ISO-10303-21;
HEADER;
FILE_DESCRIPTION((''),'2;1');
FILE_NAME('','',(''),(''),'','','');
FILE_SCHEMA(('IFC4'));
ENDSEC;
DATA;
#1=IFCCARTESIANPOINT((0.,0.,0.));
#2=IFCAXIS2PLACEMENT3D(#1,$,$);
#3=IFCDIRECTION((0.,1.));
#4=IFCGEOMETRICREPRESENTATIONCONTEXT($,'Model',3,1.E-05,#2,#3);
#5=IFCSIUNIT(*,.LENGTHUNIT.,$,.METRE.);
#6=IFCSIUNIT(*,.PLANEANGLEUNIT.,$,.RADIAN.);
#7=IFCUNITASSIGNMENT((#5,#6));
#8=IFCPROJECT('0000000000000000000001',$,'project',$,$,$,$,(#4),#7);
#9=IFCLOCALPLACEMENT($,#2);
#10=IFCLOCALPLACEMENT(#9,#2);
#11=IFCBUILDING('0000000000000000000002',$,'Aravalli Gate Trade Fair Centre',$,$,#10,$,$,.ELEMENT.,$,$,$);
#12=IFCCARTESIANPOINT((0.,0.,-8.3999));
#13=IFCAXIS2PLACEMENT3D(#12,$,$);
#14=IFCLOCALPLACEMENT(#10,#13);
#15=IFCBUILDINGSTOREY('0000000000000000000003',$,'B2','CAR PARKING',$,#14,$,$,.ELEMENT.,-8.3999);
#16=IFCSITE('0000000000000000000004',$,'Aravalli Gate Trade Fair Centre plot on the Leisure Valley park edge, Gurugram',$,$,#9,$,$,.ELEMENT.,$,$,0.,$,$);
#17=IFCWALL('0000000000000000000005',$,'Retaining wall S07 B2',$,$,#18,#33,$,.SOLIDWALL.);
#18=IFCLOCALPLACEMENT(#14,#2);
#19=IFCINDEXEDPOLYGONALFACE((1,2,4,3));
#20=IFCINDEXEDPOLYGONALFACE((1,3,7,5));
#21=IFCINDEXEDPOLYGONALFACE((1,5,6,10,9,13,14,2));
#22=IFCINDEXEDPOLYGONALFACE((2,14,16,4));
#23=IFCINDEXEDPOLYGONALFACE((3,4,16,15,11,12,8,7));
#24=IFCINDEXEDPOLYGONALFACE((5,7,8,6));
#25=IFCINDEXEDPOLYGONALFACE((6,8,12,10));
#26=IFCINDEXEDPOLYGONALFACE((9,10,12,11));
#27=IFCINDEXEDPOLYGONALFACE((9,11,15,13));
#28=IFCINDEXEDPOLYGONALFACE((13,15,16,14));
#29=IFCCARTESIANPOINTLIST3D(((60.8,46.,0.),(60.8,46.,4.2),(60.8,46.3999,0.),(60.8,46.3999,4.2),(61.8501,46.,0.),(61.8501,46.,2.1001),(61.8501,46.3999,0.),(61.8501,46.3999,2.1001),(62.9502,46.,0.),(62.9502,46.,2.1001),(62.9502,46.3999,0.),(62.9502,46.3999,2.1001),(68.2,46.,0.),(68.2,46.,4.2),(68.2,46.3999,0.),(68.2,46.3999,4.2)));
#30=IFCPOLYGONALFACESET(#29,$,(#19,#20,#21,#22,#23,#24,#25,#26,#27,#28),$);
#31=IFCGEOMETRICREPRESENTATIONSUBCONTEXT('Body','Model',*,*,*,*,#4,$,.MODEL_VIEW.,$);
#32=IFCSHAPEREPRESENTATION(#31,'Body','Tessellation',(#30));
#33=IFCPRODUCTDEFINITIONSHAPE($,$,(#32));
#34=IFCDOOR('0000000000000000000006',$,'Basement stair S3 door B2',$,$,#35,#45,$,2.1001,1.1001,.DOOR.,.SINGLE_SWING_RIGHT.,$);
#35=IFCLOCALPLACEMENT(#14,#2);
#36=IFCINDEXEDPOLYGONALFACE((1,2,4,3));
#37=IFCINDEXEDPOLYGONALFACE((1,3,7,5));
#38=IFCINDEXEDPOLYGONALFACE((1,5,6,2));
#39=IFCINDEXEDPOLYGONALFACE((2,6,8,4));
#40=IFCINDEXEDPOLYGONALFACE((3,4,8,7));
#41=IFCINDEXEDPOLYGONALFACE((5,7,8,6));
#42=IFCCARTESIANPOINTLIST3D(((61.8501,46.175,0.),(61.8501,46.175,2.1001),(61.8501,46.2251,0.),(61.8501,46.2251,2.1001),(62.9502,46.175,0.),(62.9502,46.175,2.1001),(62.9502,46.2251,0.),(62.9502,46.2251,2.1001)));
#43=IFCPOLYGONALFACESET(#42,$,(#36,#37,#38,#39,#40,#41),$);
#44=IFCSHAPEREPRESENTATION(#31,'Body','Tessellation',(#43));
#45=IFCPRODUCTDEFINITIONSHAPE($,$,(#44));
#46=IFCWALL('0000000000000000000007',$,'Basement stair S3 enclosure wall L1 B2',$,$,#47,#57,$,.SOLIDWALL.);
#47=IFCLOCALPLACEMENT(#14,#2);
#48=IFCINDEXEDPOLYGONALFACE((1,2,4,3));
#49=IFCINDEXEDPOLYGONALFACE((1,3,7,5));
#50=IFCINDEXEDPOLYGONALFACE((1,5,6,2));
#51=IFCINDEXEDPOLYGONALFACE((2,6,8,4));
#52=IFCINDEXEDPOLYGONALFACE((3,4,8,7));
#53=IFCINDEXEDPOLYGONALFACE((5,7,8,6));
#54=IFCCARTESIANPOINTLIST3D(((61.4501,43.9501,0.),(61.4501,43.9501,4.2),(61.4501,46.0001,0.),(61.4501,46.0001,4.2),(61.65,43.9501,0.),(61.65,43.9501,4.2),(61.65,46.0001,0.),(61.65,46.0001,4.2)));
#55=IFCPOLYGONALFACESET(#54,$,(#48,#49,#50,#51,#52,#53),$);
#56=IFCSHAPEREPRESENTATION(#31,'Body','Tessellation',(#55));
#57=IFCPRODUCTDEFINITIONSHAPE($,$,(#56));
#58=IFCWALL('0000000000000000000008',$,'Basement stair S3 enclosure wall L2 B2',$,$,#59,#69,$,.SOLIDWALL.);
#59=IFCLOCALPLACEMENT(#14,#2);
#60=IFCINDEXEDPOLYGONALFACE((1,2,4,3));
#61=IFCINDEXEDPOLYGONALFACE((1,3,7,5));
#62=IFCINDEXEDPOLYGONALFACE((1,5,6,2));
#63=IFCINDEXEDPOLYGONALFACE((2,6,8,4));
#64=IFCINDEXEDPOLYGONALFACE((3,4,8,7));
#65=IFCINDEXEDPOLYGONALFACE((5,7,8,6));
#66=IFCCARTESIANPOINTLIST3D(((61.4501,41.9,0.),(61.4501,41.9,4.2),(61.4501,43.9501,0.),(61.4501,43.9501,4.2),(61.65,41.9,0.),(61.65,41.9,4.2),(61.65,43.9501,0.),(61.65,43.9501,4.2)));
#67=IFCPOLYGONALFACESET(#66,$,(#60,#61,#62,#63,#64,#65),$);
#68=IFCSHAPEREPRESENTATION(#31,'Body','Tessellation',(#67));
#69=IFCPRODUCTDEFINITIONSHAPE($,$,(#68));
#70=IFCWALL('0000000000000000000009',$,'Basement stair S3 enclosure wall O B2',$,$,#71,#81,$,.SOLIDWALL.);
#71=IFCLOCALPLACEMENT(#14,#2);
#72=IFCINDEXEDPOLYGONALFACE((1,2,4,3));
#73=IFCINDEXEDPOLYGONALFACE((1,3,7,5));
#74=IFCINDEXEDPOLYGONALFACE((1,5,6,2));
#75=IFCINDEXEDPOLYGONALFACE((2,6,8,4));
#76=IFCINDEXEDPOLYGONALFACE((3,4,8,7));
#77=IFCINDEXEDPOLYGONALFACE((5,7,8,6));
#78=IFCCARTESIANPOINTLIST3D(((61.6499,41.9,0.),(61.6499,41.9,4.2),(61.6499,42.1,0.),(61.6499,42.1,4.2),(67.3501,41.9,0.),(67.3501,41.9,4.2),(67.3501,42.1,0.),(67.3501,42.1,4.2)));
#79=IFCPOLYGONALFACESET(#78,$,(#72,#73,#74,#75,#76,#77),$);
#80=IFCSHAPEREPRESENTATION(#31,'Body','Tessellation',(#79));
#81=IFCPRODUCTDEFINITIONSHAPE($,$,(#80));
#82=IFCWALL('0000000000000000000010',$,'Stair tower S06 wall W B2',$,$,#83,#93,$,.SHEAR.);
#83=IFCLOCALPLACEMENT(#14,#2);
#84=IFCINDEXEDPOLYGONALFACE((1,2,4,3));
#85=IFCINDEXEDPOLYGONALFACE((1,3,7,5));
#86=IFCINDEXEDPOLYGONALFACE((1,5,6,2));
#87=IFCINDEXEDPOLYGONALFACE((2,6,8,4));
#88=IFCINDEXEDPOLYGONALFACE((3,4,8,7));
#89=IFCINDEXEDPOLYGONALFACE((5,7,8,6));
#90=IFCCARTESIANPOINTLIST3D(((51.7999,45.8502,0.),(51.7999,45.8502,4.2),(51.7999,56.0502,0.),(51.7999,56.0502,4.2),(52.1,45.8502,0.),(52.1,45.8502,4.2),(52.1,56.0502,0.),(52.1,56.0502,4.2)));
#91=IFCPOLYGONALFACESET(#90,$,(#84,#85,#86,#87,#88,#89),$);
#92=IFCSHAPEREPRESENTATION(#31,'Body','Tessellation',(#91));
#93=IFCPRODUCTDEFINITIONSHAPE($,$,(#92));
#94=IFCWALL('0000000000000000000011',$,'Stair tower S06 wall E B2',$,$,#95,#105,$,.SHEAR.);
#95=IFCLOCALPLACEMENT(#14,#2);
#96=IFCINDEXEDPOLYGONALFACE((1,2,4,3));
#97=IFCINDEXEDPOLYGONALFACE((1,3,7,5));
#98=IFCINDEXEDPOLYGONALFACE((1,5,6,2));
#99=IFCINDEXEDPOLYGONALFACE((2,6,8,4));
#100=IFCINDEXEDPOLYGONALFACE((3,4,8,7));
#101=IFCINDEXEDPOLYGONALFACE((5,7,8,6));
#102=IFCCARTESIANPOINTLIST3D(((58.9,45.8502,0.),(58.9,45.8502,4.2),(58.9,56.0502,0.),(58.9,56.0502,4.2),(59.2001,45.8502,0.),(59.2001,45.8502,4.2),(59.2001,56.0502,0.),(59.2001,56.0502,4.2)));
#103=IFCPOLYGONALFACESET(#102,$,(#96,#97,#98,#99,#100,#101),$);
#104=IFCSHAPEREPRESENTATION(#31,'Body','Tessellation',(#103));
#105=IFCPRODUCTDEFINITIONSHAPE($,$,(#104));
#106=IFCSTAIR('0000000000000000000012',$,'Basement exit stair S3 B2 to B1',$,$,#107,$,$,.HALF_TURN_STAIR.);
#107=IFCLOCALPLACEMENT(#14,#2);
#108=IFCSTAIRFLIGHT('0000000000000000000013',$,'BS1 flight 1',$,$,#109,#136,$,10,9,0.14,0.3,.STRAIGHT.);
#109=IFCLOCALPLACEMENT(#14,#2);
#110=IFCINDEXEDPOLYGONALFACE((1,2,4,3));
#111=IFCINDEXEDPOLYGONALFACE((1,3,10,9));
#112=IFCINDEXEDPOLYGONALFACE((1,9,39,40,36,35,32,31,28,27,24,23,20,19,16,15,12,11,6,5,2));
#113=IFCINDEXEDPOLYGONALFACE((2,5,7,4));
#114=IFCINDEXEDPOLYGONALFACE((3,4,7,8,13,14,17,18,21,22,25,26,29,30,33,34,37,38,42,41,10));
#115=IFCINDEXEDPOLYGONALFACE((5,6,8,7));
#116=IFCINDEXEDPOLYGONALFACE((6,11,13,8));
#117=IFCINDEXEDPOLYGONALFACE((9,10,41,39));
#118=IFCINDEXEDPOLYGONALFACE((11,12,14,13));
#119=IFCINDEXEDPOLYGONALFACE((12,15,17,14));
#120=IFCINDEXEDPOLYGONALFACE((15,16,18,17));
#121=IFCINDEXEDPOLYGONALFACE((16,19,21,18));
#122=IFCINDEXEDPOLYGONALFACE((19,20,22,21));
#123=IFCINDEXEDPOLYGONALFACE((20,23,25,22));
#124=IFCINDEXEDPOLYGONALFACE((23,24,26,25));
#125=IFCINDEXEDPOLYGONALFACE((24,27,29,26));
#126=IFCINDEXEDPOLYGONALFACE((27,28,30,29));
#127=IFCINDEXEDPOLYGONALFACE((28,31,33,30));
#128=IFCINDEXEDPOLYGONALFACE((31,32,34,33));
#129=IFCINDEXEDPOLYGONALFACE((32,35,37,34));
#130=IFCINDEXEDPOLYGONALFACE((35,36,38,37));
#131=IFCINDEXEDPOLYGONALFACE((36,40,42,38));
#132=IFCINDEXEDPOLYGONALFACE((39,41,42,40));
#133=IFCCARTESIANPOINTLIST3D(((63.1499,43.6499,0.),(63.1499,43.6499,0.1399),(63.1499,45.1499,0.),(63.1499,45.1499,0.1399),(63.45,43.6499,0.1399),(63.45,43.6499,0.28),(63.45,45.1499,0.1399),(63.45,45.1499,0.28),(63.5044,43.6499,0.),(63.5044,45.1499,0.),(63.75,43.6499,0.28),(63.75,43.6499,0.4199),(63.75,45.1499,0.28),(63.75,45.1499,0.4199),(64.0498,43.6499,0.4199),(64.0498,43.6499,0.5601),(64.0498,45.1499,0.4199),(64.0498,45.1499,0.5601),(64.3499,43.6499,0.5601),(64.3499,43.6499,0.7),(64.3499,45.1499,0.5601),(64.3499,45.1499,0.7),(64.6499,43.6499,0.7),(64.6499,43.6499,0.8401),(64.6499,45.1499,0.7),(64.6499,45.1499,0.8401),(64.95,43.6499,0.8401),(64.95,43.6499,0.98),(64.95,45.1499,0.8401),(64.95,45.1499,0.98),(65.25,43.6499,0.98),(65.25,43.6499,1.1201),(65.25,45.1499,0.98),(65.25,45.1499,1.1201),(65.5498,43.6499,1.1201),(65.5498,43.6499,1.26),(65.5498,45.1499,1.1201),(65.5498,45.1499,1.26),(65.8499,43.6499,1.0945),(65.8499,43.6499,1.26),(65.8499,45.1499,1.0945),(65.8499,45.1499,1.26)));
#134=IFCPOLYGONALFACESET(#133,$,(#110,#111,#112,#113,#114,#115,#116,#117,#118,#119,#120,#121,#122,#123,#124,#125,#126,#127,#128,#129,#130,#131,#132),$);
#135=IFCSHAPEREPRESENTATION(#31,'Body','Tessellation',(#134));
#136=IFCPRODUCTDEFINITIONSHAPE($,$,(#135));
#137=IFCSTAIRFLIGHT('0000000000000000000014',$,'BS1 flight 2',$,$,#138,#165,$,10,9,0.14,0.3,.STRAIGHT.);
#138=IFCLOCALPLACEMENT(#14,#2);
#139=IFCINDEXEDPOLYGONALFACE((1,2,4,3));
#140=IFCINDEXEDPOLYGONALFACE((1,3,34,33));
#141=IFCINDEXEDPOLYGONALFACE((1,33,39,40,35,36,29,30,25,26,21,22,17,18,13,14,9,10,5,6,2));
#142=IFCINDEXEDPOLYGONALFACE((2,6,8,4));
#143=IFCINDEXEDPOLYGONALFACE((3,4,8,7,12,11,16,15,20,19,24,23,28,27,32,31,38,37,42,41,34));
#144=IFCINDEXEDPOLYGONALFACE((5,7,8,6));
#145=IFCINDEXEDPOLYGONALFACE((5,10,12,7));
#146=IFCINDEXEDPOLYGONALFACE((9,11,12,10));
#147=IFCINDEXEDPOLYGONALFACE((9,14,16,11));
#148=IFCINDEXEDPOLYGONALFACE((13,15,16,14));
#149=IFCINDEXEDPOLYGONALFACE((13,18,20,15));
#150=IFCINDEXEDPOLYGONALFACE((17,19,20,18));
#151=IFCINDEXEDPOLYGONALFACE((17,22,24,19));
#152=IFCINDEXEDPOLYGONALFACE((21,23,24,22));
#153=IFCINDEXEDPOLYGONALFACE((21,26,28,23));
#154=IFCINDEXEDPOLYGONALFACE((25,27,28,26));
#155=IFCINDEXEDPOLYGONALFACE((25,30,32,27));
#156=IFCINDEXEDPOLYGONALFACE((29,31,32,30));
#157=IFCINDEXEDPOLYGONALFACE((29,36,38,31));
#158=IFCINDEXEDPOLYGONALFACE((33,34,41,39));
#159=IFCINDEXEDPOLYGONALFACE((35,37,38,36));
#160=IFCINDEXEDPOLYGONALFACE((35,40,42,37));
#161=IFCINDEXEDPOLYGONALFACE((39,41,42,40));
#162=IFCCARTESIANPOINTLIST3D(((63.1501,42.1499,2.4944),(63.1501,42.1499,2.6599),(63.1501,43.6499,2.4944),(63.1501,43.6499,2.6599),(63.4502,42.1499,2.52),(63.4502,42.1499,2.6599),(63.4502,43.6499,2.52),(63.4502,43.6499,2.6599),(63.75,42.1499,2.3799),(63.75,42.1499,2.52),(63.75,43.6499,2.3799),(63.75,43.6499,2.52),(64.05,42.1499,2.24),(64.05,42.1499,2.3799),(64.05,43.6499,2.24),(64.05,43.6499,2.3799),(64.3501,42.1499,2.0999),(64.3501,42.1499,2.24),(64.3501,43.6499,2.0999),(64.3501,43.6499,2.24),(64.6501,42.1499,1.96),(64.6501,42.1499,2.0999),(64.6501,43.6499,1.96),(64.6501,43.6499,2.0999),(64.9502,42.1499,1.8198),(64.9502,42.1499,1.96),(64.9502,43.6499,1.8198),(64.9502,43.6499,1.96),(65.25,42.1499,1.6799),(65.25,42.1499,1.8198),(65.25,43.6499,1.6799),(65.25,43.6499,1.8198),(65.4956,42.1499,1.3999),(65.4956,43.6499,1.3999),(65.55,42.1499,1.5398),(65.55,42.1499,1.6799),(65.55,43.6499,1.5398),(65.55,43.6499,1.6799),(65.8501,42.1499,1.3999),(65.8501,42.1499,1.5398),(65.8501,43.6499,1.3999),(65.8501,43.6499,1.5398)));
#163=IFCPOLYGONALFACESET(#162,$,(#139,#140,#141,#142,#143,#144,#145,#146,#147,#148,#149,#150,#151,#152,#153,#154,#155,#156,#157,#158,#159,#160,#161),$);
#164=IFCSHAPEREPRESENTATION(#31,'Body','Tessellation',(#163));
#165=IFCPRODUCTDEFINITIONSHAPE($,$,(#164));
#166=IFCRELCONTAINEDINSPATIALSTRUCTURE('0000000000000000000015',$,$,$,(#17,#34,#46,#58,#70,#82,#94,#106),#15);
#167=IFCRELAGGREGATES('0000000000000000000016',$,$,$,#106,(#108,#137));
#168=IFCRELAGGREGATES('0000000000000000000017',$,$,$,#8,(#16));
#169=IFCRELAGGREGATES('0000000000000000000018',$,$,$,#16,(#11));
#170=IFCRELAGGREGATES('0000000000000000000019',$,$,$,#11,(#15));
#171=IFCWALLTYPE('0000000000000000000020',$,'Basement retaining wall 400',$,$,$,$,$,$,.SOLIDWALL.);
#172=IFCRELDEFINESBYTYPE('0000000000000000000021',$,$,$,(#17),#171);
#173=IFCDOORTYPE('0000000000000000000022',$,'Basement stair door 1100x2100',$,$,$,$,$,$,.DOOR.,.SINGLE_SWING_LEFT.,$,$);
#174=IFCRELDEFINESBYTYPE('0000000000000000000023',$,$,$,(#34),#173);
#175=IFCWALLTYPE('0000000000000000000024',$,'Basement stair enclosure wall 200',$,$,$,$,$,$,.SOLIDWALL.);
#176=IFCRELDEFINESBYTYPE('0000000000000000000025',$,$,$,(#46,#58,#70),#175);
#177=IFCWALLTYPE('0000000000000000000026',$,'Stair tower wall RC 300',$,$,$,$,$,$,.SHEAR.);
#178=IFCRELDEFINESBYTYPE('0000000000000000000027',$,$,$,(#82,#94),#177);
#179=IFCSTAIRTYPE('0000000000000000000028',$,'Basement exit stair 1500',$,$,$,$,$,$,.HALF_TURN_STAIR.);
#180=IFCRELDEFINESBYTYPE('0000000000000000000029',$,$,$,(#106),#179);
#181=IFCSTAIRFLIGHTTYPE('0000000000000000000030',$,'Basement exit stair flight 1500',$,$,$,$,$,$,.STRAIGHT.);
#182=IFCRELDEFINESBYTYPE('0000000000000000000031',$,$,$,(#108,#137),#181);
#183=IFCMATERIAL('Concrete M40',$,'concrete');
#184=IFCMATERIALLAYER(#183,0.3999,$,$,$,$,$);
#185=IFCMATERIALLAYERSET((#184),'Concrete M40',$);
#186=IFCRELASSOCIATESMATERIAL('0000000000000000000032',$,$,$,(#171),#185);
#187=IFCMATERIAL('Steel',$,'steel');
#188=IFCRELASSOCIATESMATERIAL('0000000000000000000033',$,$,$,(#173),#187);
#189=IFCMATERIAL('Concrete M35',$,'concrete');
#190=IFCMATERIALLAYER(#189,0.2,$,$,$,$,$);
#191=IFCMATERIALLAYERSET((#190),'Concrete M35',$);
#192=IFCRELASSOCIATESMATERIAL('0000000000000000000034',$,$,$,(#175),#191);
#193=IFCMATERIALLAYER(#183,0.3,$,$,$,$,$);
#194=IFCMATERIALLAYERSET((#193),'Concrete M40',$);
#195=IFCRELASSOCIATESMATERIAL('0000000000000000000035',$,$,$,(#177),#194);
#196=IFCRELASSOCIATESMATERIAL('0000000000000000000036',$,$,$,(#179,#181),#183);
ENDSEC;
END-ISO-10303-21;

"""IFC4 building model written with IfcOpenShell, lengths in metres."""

from ifc_helpers import new_model, si_unit, direction, frame, frame_2d, origin, place, context, subcontext, project, spatial, polyline, rectangle, outline, extrude, material, layer, layer_set, type_object, element, fill, aggregate, save


model = new_model("IFC4")

# Units and contexts
model_context = context("Model", 3, precision=1e-05, world=origin(), true_north=direction((0.0, 1.0)))
body_context = subcontext(model_context, "Body", "Model", "MODEL_VIEW")
ifc_project = project(units=[si_unit("LENGTHUNIT", "METRE"), si_unit("PLANEANGLEUNIT", "RADIAN")], contexts=[model_context])

# Site, building, storey
site_placement = place(None, origin())
site = spatial("IfcSite", under=ifc_project, at=site_placement, Name="Aravalli Gate Trade Fair Centre plot on the Leisure Valley park edge, Gurugram", CompositionType="ELEMENT", RefElevation=0.0)
building_placement = place(site_placement, origin())
building = spatial("IfcBuilding", under=site, at=building_placement, Name="Aravalli Gate Trade Fair Centre", CompositionType="ELEMENT")
storey_placement = place(building_placement, frame((0.0, 0.0, -8.3999)))
storey = spatial("IfcBuildingStorey", under=building, at=storey_placement, Name="B2", Description="CAR PARKING", CompositionType="ELEMENT", Elevation=-8.3999)

# Shared definitions
ifc_material_1 = material(Name="Concrete M35", Category="concrete")

# Shared definitions
ifc_material_2 = material(Name="Concrete M40", Category="concrete")
ifc_layer_1 = layer(ifc_material_2, 0.3999)
ifc_layer_set_1 = layer_set([ifc_layer_1], Name="Concrete M40")
wall_type_1 = type_object("IfcWallType", Name="Basement retaining wall 400", PredefinedType="SOLIDWALL", material=ifc_layer_set_1)

# Wall, opening, door
wall_1_placement = place(storey_placement, frame((60.8, 46.2, 0.0), z_axis=(0.0, 0.0, 1.0), x_axis=(1.0, 0.0, 0.0)))
wall_1 = element("IfcWall", 1, at=wall_1_placement, inside=storey, type_object=wall_type_1, Name="Retaining wall S07 B2", PredefinedType="SOLIDWALL", context=body_context, shape_type="SweptSolid", body=[
    extrude(rectangle(XDim=7.3999, YDim=0.3999, at=frame_2d((3.7, 0.0))), origin(), (0.0, 0.0, 1.0), 4.2),
])
opening_placement = place(wall_1_placement, frame((1.05, 0.0, 0.0)))
opening = element("IfcOpeningElement", 2, at=opening_placement, cuts=wall_1, PredefinedType="OPENING", context=body_context, shape_type="SweptSolid", body=[
    extrude(rectangle(XDim=1.1001, YDim=2.1001, at=frame_2d((0.55, 1.05))), frame((0.0, 0.21, 0.0), z_axis=(0.0, -1.0, 0.0), x_axis=(1.0, 0.0, 0.0)), (0.0, 0.0, 1.0), 0.4199),
])
ifc_material_3 = material(Name="Steel", Category="steel")
door_type = type_object("IfcDoorType", Name="Basement stair door 1100x2100", OperationType="SINGLE_SWING_LEFT", PredefinedType="DOOR", material=ifc_material_3)
door_placement = place(opening_placement, frame((1.1001, 0.0, 0.0), z_axis=(0.0, 0.0, 1.0), x_axis=(-1.0, 0.0, 0.0)))
door = element("IfcDoor", 3, at=door_placement, inside=storey, type_object=door_type, Name="Basement stair S3 door B2", OperationType="SINGLE_SWING_RIGHT", OverallHeight=2.1001, OverallWidth=1.1001, PredefinedType="DOOR", context=body_context, shape_type="SweptSolid", body=[
    extrude(rectangle(XDim=1.1001, YDim=2.1001, at=frame_2d((0.55, 1.05))), frame((0.0, 0.0249, 0.0), z_axis=(0.0, -1.0, 0.0), x_axis=(1.0, 0.0, 0.0)), (0.0, 0.0, 1.0), 0.05),
])
fill(opening, door)

# Walls
ifc_layer_2 = layer(ifc_material_1, 0.2)
ifc_layer_set_2 = layer_set([ifc_layer_2], Name="Concrete M35")
wall_type_2 = type_object("IfcWallType", Name="Basement stair enclosure wall 200", PredefinedType="SOLIDWALL", material=ifc_layer_set_2)
for number, where, z_axis, x_axis, name in (
    (4, (61.55, 46.0, 0.0), (0.0, 0.0, 1.0), (0.0, -1.0, 0.0), "Basement stair S3 enclosure wall L1 B2"),
    (5, (61.55, 43.95, 0.0), (0.0, 0.0, 1.0), (0.0, -1.0, 0.0), "Basement stair S3 enclosure wall L2 B2"),
):
    element("IfcWall", number, at=place(storey_placement, frame(where, z_axis=z_axis, x_axis=x_axis)), inside=storey, type_object=wall_type_2, Name=name, PredefinedType="SOLIDWALL", context=body_context, shape_type="SweptSolid", body=[
        extrude(rectangle(XDim=2.05, YDim=0.2, at=frame_2d((1.0249, 0.0))), origin(), (0.0, 0.0, 1.0), 4.2),
    ])
wall_2_placement = place(storey_placement, frame((61.6499, 42.0, 0.0), z_axis=(0.0, 0.0, 1.0), x_axis=(1.0, 0.0, 0.0)))
element("IfcWall", 6, at=wall_2_placement, inside=storey, type_object=wall_type_2, Name="Basement stair S3 enclosure wall O B2", PredefinedType="SOLIDWALL", context=body_context, shape_type="SweptSolid", body=[
    extrude(rectangle(XDim=5.7002, YDim=0.2, at=frame_2d((2.8501, 0.0))), origin(), (0.0, 0.0, 1.0), 4.2),
])
ifc_layer_3 = layer(ifc_material_2, 0.3)
ifc_layer_set_3 = layer_set([ifc_layer_3], Name="Concrete M40")
wall_type_3 = type_object("IfcWallType", Name="Stair tower wall RC 300", PredefinedType="SHEAR", material=ifc_layer_set_3)
for number, where, z_axis, x_axis, name in (
    (7, (51.95, 45.8501, 0.0), (0.0, 0.0, 1.0), (0.0, 1.0, 0.0), "Stair tower S06 wall W B2"),
    (8, (59.05, 45.8501, 0.0), (0.0, 0.0, 1.0), (0.0, 1.0, 0.0), "Stair tower S06 wall E B2"),
):
    element("IfcWall", number, at=place(storey_placement, frame(where, z_axis=z_axis, x_axis=x_axis)), inside=storey, type_object=wall_type_3, Name=name, PredefinedType="SHEAR", context=body_context, shape_type="SweptSolid", body=[
        extrude(rectangle(XDim=10.2, YDim=0.3, at=frame_2d((5.1001, 0.0))), origin(), (0.0, 0.0, 1.0), 4.2),
    ])

# Stair, stair flights
stair_type = type_object("IfcStairType", Name="Basement exit stair 1500", PredefinedType="HALF_TURN_STAIR", material=ifc_material_2)
stair_placement = place(storey_placement, origin())
stair = element("IfcStair", 9, at=stair_placement, inside=storey, type_object=stair_type, Name="Basement exit stair S3 B2 to B1", PredefinedType="HALF_TURN_STAIR")
stair_flight_type = type_object("IfcStairFlightType", Name="Basement exit stair flight 1500", PredefinedType="STRAIGHT", material=ifc_material_2)
stair_flight_1_placement = place(storey_placement, frame((63.1499, 44.3999, 0.0), z_axis=(0.0, 0.0, 1.0), x_axis=(1.0, 0.0, 0.0)))
stair_flight_1 = element("IfcStairFlight", 10, at=stair_flight_1_placement, type_object=stair_flight_type, Name="BS1 flight 1", NumberOfRisers=10, NumberOfTreads=9, PredefinedType="STRAIGHT", RiserHeight=0.14, TreadLength=0.3, context=body_context, shape_type="SweptSolid", body=[
    extrude(outline(polyline([(0.0, 0.0), (0.0, 0.1399), (0.3, 0.1399), (0.3, 0.28), (0.6001, 0.28), (0.6001, 0.4199), (0.8999, 0.4199), (0.8999, 0.5601), (1.2, 0.5601), (1.2, 0.7), (1.5, 0.7), (1.5, 0.8401), (1.8, 0.8401), (1.8, 0.98), (2.1001, 0.98), (2.1001, 1.1201), (2.3999, 1.1201), (2.3999, 1.26), (2.7, 1.26), (2.7, 1.3999), (2.7, 1.0945), (0.3545, 0.0), (0.0, 0.0)])), frame((0.0, 0.75, 0.0), z_axis=(0.0, -1.0, 0.0), x_axis=(1.0, 0.0, 0.0)), (0.0, 0.0, 1.0), 1.5),
])
stair_flight_2_placement = place(storey_placement, frame((65.8501, 42.8999, 1.3999), z_axis=(0.0, 0.0, 1.0), x_axis=(-1.0, 0.0, 0.0)))
stair_flight_2 = element("IfcStairFlight", 11, at=stair_flight_2_placement, type_object=stair_flight_type, Name="BS1 flight 2", NumberOfRisers=10, NumberOfTreads=9, PredefinedType="STRAIGHT", RiserHeight=0.14, TreadLength=0.3, context=body_context, shape_type="SweptSolid", body=[
    extrude(outline(polyline([(0.0, 0.0), (0.0, 0.1399), (0.3, 0.1399), (0.3, 0.28), (0.6001, 0.28), (0.6001, 0.4199), (0.8999, 0.4199), (0.8999, 0.5601), (1.2, 0.5601), (1.2, 0.7), (1.5, 0.7), (1.5, 0.8401), (1.8, 0.8401), (1.8, 0.98), (2.1001, 0.98), (2.1001, 1.1201), (2.3999, 1.1201), (2.3999, 1.26), (2.7, 1.26), (2.7, 1.3999), (2.7, 1.0945), (0.3545, 0.0), (0.0, 0.0)])), frame((0.0, 0.75, 0.0), z_axis=(0.0, -1.0, 0.0), x_axis=(1.0, 0.0, 0.0)), (0.0, 0.0, 1.0), 1.5),
])
aggregate(stair, [stair_flight_1, stair_flight_2])

save(model, "model.ifc")
